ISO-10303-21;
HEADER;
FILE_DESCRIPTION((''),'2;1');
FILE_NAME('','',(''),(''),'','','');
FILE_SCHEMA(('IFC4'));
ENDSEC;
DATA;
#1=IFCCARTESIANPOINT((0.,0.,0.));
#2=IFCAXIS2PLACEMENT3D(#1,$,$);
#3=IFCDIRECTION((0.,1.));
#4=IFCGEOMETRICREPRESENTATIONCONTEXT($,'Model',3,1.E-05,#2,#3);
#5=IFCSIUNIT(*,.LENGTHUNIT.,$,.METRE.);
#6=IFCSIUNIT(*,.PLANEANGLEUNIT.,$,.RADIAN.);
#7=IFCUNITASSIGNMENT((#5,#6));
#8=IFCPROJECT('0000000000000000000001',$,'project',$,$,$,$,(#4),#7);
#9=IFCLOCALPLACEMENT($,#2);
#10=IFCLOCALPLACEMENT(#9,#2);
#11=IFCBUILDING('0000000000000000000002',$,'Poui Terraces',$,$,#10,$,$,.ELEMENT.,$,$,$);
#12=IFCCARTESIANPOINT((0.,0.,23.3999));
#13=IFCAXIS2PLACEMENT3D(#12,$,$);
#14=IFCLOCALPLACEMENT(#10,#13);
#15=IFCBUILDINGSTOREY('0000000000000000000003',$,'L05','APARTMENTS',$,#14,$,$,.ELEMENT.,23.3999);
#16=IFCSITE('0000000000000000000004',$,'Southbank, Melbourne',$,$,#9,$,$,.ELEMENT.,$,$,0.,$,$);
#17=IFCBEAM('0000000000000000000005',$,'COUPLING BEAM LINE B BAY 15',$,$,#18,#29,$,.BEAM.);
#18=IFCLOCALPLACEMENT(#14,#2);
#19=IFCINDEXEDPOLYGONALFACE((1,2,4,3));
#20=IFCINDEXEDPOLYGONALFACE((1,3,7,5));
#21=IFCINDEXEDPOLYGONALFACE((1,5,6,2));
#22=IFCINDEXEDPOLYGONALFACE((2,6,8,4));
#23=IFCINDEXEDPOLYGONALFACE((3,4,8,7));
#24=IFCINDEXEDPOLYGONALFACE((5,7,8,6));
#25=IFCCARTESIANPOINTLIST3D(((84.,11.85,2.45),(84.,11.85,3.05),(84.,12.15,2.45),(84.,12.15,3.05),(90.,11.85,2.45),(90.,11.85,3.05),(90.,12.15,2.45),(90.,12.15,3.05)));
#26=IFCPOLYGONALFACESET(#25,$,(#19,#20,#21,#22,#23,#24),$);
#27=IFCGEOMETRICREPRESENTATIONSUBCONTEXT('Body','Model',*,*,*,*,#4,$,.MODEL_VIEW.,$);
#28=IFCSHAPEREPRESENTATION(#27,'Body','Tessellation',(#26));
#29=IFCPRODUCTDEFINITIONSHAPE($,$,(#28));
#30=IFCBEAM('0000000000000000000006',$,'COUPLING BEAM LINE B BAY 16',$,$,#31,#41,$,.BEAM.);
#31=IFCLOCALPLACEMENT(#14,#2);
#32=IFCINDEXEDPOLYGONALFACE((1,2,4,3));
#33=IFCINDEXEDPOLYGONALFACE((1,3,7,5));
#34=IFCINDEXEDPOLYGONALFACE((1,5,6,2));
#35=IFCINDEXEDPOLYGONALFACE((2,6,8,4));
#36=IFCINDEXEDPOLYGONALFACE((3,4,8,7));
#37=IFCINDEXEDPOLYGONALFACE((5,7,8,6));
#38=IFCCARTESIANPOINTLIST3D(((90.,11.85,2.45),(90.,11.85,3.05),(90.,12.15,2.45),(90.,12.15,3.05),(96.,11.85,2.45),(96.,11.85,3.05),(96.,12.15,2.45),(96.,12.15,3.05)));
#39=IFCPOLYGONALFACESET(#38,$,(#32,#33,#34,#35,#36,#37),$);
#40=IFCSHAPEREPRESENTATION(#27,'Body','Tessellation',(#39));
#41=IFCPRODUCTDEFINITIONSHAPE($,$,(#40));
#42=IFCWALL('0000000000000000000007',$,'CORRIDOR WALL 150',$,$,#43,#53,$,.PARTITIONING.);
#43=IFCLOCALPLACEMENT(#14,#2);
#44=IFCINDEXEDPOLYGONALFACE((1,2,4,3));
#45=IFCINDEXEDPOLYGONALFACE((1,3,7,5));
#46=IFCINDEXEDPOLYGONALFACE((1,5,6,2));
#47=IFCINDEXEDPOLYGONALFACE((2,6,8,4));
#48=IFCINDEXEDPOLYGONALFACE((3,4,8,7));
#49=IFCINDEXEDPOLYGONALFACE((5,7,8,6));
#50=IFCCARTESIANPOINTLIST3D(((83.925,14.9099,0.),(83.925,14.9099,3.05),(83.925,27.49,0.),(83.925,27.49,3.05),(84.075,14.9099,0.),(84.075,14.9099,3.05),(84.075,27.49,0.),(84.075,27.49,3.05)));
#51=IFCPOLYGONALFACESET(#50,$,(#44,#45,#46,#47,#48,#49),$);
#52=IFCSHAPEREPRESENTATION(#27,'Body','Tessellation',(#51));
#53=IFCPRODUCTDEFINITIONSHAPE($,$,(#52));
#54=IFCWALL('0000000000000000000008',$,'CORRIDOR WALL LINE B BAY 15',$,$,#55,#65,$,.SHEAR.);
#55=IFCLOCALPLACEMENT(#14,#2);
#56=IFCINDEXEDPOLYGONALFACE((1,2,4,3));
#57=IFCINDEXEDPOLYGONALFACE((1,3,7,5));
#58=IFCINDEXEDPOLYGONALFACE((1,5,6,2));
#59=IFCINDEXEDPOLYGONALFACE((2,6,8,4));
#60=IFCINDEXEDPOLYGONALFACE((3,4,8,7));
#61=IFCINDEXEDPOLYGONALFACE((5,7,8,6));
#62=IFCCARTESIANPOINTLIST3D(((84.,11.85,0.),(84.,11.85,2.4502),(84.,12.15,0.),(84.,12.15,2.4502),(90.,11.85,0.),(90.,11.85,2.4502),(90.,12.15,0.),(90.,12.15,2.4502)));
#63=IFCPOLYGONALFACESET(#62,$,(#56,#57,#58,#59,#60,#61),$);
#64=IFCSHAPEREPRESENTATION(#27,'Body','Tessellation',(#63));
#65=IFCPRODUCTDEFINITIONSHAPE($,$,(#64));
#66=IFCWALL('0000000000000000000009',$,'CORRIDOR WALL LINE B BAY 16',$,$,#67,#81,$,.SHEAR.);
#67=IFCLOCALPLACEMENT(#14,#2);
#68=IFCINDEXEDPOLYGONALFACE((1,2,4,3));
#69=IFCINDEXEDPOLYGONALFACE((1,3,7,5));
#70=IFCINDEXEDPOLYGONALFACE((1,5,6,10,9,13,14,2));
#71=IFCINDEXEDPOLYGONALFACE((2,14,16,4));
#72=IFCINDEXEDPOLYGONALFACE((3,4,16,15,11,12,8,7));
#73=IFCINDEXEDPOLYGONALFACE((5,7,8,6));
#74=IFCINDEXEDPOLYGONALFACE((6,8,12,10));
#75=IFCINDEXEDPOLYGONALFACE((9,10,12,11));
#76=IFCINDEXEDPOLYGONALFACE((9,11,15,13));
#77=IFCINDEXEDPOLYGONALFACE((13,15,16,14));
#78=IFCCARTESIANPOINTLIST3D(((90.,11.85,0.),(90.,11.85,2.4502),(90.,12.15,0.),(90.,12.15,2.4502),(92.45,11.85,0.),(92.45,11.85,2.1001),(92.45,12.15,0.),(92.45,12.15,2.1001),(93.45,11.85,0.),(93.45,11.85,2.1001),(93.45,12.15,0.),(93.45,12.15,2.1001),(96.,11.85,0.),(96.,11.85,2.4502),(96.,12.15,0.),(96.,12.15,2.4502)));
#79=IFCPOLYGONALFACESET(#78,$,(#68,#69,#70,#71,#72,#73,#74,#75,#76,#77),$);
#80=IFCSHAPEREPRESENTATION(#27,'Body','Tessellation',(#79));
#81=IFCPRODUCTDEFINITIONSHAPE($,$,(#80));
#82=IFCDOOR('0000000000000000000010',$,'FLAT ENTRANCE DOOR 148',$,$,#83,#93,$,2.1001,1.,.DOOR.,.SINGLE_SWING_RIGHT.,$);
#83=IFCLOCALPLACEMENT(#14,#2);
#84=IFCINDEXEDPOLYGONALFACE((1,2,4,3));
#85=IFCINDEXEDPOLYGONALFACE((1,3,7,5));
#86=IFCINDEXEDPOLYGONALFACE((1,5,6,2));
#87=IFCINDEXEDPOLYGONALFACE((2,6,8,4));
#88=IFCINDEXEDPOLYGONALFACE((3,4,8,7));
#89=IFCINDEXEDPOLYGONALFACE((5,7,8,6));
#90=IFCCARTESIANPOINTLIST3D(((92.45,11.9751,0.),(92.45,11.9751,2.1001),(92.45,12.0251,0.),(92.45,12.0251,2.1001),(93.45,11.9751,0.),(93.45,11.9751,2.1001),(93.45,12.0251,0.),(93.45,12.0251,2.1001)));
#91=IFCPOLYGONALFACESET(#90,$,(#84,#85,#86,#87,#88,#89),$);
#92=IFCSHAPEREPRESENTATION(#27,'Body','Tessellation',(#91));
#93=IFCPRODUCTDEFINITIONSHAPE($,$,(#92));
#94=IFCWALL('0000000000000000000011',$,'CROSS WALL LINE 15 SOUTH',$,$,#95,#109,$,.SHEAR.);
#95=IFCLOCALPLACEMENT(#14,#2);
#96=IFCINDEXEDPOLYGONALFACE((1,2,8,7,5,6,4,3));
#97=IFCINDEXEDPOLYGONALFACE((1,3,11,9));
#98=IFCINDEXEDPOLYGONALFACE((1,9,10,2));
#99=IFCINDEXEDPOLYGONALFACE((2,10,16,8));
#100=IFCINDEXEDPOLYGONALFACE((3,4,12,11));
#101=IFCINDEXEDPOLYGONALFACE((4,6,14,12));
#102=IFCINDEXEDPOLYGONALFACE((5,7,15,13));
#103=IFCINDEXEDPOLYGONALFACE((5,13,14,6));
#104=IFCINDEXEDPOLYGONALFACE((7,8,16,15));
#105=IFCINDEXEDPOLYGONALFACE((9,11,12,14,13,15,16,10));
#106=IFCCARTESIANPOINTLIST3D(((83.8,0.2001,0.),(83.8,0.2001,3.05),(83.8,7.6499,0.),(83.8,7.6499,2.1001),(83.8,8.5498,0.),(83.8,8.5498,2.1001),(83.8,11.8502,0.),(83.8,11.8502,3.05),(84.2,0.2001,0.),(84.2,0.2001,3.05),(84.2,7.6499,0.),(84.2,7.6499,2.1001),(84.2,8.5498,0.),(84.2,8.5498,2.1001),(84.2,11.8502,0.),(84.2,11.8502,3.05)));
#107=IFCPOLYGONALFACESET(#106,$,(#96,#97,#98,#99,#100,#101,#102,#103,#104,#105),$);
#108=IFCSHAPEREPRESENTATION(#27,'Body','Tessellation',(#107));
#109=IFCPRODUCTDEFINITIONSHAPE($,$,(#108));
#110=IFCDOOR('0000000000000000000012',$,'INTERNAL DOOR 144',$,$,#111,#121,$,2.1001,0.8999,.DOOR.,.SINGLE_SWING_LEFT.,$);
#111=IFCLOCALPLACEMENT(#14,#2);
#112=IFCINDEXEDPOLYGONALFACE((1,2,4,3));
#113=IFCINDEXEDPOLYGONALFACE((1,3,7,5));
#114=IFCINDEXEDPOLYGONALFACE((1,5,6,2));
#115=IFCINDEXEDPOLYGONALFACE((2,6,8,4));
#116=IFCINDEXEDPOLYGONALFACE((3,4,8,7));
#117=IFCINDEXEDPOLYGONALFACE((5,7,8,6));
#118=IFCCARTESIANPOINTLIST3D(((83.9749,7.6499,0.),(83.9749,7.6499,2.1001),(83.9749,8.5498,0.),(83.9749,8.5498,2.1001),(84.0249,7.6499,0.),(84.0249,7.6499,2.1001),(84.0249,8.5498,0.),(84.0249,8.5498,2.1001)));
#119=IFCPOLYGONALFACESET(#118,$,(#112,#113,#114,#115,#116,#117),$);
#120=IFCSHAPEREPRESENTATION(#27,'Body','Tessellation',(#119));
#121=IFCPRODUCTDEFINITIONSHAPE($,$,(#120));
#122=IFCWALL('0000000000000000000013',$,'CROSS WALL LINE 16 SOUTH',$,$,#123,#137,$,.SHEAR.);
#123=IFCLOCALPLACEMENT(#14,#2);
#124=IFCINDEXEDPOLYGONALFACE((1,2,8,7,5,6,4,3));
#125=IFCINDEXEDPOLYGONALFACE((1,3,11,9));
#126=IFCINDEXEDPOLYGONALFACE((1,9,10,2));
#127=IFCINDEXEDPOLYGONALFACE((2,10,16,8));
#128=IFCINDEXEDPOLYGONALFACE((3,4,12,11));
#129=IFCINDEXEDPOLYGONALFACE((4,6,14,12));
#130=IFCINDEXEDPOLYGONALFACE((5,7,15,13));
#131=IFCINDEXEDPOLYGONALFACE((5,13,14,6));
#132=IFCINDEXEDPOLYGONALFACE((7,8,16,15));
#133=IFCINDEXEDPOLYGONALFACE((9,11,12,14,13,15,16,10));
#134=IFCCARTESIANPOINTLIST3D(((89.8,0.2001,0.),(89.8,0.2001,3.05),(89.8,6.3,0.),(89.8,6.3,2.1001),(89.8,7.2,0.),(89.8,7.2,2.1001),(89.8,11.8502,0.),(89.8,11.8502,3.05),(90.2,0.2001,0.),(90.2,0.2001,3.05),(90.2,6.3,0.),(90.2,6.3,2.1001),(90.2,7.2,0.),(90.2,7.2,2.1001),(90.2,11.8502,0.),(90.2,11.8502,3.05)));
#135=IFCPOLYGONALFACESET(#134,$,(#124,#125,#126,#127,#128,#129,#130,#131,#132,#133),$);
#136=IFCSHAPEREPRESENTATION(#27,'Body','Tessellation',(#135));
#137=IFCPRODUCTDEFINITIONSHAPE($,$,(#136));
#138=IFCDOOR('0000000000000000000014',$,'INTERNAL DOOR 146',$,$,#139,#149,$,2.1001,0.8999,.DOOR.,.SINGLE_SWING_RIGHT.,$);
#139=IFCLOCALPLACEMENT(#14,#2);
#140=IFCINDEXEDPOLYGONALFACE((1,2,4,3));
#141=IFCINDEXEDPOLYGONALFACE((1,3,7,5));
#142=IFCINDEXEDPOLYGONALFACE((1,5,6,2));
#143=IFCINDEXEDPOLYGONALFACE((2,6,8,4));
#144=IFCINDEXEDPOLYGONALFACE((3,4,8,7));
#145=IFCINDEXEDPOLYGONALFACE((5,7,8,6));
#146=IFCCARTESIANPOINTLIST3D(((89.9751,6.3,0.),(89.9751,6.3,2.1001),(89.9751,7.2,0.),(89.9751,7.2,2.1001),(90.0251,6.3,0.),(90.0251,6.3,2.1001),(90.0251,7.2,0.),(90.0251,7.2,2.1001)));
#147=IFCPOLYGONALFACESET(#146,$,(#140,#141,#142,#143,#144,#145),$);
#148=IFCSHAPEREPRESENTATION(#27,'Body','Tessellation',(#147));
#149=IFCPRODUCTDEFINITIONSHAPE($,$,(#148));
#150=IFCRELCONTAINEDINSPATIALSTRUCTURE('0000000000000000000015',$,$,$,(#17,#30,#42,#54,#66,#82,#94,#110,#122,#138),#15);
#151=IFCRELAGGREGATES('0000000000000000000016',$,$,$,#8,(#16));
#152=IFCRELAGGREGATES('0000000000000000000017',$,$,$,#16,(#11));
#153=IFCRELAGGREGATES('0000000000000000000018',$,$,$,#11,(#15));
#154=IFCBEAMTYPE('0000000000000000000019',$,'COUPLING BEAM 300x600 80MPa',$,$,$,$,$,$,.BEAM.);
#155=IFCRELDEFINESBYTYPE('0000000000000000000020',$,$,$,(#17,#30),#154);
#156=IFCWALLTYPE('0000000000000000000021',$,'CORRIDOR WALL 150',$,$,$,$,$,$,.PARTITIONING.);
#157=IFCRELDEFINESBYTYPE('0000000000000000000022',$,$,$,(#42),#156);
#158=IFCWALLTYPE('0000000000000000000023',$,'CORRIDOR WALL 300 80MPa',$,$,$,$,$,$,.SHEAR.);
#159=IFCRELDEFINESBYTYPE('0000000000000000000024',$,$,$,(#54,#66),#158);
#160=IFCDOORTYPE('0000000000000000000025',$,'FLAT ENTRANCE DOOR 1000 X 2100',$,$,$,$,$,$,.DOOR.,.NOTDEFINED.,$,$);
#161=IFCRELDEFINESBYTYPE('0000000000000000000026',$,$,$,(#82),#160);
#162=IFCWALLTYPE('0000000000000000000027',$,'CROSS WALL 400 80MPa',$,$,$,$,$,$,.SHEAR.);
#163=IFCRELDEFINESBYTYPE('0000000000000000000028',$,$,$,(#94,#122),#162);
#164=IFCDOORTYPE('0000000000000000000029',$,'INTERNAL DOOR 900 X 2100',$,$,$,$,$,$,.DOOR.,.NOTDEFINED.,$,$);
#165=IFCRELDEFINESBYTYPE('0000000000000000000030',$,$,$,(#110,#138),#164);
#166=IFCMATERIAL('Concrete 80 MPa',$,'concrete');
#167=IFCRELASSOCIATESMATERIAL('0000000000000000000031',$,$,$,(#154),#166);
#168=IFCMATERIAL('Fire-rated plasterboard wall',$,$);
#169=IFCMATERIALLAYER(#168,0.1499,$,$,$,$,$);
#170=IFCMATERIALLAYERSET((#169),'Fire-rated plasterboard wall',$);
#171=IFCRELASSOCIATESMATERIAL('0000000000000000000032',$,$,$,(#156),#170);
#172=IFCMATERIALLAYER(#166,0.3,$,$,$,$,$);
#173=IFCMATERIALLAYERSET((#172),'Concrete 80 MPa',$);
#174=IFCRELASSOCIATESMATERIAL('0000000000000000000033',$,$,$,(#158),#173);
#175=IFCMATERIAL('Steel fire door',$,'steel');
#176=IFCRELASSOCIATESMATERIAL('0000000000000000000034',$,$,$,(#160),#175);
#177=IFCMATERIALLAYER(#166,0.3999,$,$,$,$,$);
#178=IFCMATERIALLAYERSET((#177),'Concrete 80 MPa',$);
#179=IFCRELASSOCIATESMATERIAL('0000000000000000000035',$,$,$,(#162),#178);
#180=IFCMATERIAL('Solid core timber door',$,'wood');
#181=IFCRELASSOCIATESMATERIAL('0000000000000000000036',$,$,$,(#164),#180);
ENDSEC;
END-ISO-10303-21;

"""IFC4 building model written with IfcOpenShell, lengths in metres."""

from ifc_helpers import new_model, si_unit, direction, frame, frame_2d, origin, origin_2d, place, context, subcontext, project, spatial, rectangle, extrude, source, transform, mapped, material, layer, layer_set, material_profile, profile_set, type_object, element, fill, save


model = new_model("IFC4")

# Units and contexts
model_context = context("Model", 3, precision=1e-05, world=origin(), true_north=direction((0.0, 1.0)))
body_context = subcontext(model_context, "Body", "Model", "MODEL_VIEW")
ifc_project = project(units=[si_unit("LENGTHUNIT", "METRE"), si_unit("PLANEANGLEUNIT", "RADIAN")], contexts=[model_context])

# Site, building, storey
site_placement = place(None, origin())
site = spatial("IfcSite", under=ifc_project, at=site_placement, Name="Southbank, Melbourne", CompositionType="ELEMENT", RefElevation=0.0)
building_placement = place(site_placement, origin())
building = spatial("IfcBuilding", under=site, at=building_placement, Name="Poui Terraces", CompositionType="ELEMENT")
storey_placement = place(building_placement, frame((0.0, 0.0, 23.3999)))
storey = spatial("IfcBuildingStorey", under=building, at=storey_placement, Name="L05", Description="APARTMENTS", CompositionType="ELEMENT", Elevation=23.3999)

# Beams
ifc_material_1 = material(Name="Concrete 80 MPa", Category="concrete")
ifc_material_profile = material_profile(ifc_material_1, rectangle(XDim=0.3, YDim=0.6001, at=origin_2d()), Name="RC 300x600")
ifc_profile_set = profile_set([ifc_material_profile], Name="Concrete 80 MPa")
beam_type = type_object("IfcBeamType", Name="COUPLING BEAM 300x600 80MPa", PredefinedType="BEAM", material=ifc_profile_set)
shared_shape = source(origin(), body_context, "Body", "SweptSolid", [
    extrude(rectangle(XDim=0.3, YDim=0.6001, at=origin_2d()), origin(), (0.0, 0.0, 1.0), 6.0),
])
for number, where, z_axis, x_axis, name in (
    (1, (84.0, 12.0, 2.75), (1.0, 0.0, 0.0), (0.0, 1.0, 0.0), "COUPLING BEAM LINE B BAY 15"),
    (2, (90.0, 12.0, 2.75), (1.0, 0.0, 0.0), (0.0, 1.0, 0.0), "COUPLING BEAM LINE B BAY 16"),
):
    element("IfcBeam", number, at=place(storey_placement, frame(where, z_axis=z_axis, x_axis=x_axis)), inside=storey, type_object=beam_type, Name=name, PredefinedType="BEAM", context=body_context, shape_type="MappedRepresentation", body=[
        mapped(shared_shape, transform((0.0, 0.0, 0.0))),
    ])

# Walls
ifc_material_2 = material(Name="Fire-rated plasterboard wall")
ifc_layer_1 = layer(ifc_material_2, 0.1499)
ifc_layer_set_1 = layer_set([ifc_layer_1], Name="Fire-rated plasterboard wall")
wall_type_1 = type_object("IfcWallType", Name="CORRIDOR WALL 150", PredefinedType="PARTITIONING", material=ifc_layer_set_1)
wall_1_placement = place(storey_placement, frame((84.0, 14.9099, 0.0), z_axis=(0.0, 0.0, 1.0), x_axis=(0.0, 1.0, 0.0)))
element("IfcWall", 3, at=wall_1_placement, inside=storey, type_object=wall_type_1, Name="CORRIDOR WALL 150", PredefinedType="PARTITIONING", context=body_context, shape_type="SweptSolid", body=[
    extrude(rectangle(XDim=12.5801, YDim=0.1499, at=frame_2d((6.29, 0.0))), origin(), (0.0, 0.0, 1.0), 3.05),
])
ifc_layer_2 = layer(ifc_material_1, 0.3)
ifc_layer_set_2 = layer_set([ifc_layer_2], Name="Concrete 80 MPa")
wall_type_2 = type_object("IfcWallType", Name="CORRIDOR WALL 300 80MPa", PredefinedType="SHEAR", material=ifc_layer_set_2)
wall_2_placement = place(storey_placement, frame((84.0, 12.0, 0.0), z_axis=(0.0, 0.0, 1.0), x_axis=(1.0, 0.0, 0.0)))
element("IfcWall", 4, at=wall_2_placement, inside=storey, type_object=wall_type_2, Name="CORRIDOR WALL LINE B BAY 15", PredefinedType="SHEAR", context=body_context, shape_type="SweptSolid", body=[
    extrude(rectangle(XDim=6.0, YDim=0.3, at=frame_2d((3.0, 0.0))), origin(), (0.0, 0.0, 1.0), 2.4502),
])

# Walls, openings, doors
wall_3_placement = place(storey_placement, frame((90.0, 12.0, 0.0), z_axis=(0.0, 0.0, 1.0), x_axis=(1.0, 0.0, 0.0)))
wall_3 = element("IfcWall", 5, at=wall_3_placement, inside=storey, type_object=wall_type_2, Name="CORRIDOR WALL LINE B BAY 16", PredefinedType="SHEAR", context=body_context, shape_type="SweptSolid", body=[
    extrude(rectangle(XDim=6.0, YDim=0.3, at=frame_2d((3.0, 0.0))), origin(), (0.0, 0.0, 1.0), 2.4502),
])
opening_1_placement = place(wall_3_placement, frame((2.45, 0.0, 0.0)))
opening_1 = element("IfcOpeningElement", 6, at=opening_1_placement, cuts=wall_3, PredefinedType="OPENING", context=body_context, shape_type="SweptSolid", body=[
    extrude(rectangle(XDim=1.0, YDim=2.1001, at=frame_2d((0.5, 1.05))), frame((0.0, 0.1602, 0.0), z_axis=(0.0, -1.0, 0.0), x_axis=(1.0, 0.0, 0.0)), (0.0, 0.0, 1.0), 0.3201),
])
ifc_material_3 = material(Name="Steel fire door", Category="steel")
door_type_1 = type_object("IfcDoorType", Name="FLAT ENTRANCE DOOR 1000 X 2100", OperationType="NOTDEFINED", PredefinedType="DOOR", material=ifc_material_3)
door_1_placement = place(opening_1_placement, frame((1.0, 0.0, 0.0), z_axis=(0.0, 0.0, 1.0), x_axis=(-1.0, 0.0, 0.0)))
door_1 = element("IfcDoor", 7, at=door_1_placement, inside=storey, type_object=door_type_1, Name="FLAT ENTRANCE DOOR 148", OperationType="SINGLE_SWING_RIGHT", OverallHeight=2.1001, OverallWidth=1.0, PredefinedType="DOOR", context=body_context, shape_type="SweptSolid", body=[
    extrude(rectangle(XDim=1.0, YDim=2.1001, at=frame_2d((0.5, 1.05))), frame((0.0, 0.0249, 0.0), z_axis=(0.0, -1.0, 0.0), x_axis=(1.0, 0.0, 0.0)), (0.0, 0.0, 1.0), 0.05),
])
fill(opening_1, door_1)
ifc_layer_3 = layer(ifc_material_1, 0.3999)
ifc_layer_set_3 = layer_set([ifc_layer_3], Name="Concrete 80 MPa")
wall_type_3 = type_object("IfcWallType", Name="CROSS WALL 400 80MPa", PredefinedType="SHEAR", material=ifc_layer_set_3)
wall_4_placement = place(storey_placement, frame((84.0, 0.2, 0.0), z_axis=(0.0, 0.0, 1.0), x_axis=(0.0, 1.0, 0.0)))
wall_4 = element("IfcWall", 8, at=wall_4_placement, inside=storey, type_object=wall_type_3, Name="CROSS WALL LINE 15 SOUTH", PredefinedType="SHEAR", context=body_context, shape_type="SweptSolid", body=[
    extrude(rectangle(XDim=11.6501, YDim=0.3999, at=frame_2d((5.8252, 0.0))), origin(), (0.0, 0.0, 1.0), 3.05),
])
opening_2_placement = place(wall_4_placement, frame((7.45, 0.0, 0.0)))
opening_2 = element("IfcOpeningElement", 9, at=opening_2_placement, cuts=wall_4, PredefinedType="OPENING", context=body_context, shape_type="SweptSolid", body=[
    extrude(rectangle(XDim=0.8999, YDim=2.1001, at=frame_2d((0.45, 1.05))), frame((0.0, 0.21, 0.0), z_axis=(0.0, -1.0, 0.0), x_axis=(1.0, 0.0, 0.0)), (0.0, 0.0, 1.0), 0.4199),
])
ifc_material_4 = material(Name="Solid core timber door", Category="wood")
door_type_2 = type_object("IfcDoorType", Name="INTERNAL DOOR 900 X 2100", OperationType="NOTDEFINED", PredefinedType="DOOR", material=ifc_material_4)
door_2_placement = place(opening_2_placement, frame((0.8999, 0.0, 0.0), z_axis=(0.0, 0.0, 1.0), x_axis=(-1.0, 0.0, 0.0)))
door_2 = element("IfcDoor", 10, at=door_2_placement, inside=storey, type_object=door_type_2, Name="INTERNAL DOOR 144", OperationType="SINGLE_SWING_LEFT", OverallHeight=2.1001, OverallWidth=0.8999, PredefinedType="DOOR", context=body_context, shape_type="SweptSolid", body=[
    extrude(rectangle(XDim=0.8999, YDim=2.1001, at=frame_2d((0.45, 1.05))), frame((0.0, 0.0249, 0.0), z_axis=(0.0, -1.0, 0.0), x_axis=(1.0, 0.0, 0.0)), (0.0, 0.0, 1.0), 0.05),
])
fill(opening_2, door_2)
wall_5_placement = place(storey_placement, frame((90.0, 0.2, 0.0), z_axis=(0.0, 0.0, 1.0), x_axis=(0.0, 1.0, 0.0)))
wall_5 = element("IfcWall", 11, at=wall_5_placement, inside=storey, type_object=wall_type_3, Name="CROSS WALL LINE 16 SOUTH", PredefinedType="SHEAR", context=body_context, shape_type="SweptSolid", body=[
    extrude(rectangle(XDim=11.6501, YDim=0.3999, at=frame_2d((5.8252, 0.0))), origin(), (0.0, 0.0, 1.0), 3.05),
])
opening_3_placement = place(wall_5_placement, frame((6.1001, 0.0, 0.0)))
opening_3 = element("IfcOpeningElement", 12, at=opening_3_placement, cuts=wall_5, PredefinedType="OPENING", context=body_context, shape_type="SweptSolid", body=[
    extrude(rectangle(XDim=0.8999, YDim=2.1001, at=frame_2d((0.45, 1.05))), frame((0.0, 0.21, 0.0), z_axis=(0.0, -1.0, 0.0), x_axis=(1.0, 0.0, 0.0)), (0.0, 0.0, 1.0), 0.4199),
])
door_3_placement = place(opening_3_placement, origin())
door_3 = element("IfcDoor", 13, at=door_3_placement, inside=storey, type_object=door_type_2, Name="INTERNAL DOOR 146", OperationType="SINGLE_SWING_RIGHT", OverallHeight=2.1001, OverallWidth=0.8999, PredefinedType="DOOR", context=body_context, shape_type="SweptSolid", body=[
    extrude(rectangle(XDim=0.8999, YDim=2.1001, at=frame_2d((0.45, 1.05))), frame((0.0, 0.0249, 0.0), z_axis=(0.0, -1.0, 0.0), x_axis=(1.0, 0.0, 0.0)), (0.0, 0.0, 1.0), 0.05),
])
fill(opening_3, door_3)

save(model, "model.ifc")
